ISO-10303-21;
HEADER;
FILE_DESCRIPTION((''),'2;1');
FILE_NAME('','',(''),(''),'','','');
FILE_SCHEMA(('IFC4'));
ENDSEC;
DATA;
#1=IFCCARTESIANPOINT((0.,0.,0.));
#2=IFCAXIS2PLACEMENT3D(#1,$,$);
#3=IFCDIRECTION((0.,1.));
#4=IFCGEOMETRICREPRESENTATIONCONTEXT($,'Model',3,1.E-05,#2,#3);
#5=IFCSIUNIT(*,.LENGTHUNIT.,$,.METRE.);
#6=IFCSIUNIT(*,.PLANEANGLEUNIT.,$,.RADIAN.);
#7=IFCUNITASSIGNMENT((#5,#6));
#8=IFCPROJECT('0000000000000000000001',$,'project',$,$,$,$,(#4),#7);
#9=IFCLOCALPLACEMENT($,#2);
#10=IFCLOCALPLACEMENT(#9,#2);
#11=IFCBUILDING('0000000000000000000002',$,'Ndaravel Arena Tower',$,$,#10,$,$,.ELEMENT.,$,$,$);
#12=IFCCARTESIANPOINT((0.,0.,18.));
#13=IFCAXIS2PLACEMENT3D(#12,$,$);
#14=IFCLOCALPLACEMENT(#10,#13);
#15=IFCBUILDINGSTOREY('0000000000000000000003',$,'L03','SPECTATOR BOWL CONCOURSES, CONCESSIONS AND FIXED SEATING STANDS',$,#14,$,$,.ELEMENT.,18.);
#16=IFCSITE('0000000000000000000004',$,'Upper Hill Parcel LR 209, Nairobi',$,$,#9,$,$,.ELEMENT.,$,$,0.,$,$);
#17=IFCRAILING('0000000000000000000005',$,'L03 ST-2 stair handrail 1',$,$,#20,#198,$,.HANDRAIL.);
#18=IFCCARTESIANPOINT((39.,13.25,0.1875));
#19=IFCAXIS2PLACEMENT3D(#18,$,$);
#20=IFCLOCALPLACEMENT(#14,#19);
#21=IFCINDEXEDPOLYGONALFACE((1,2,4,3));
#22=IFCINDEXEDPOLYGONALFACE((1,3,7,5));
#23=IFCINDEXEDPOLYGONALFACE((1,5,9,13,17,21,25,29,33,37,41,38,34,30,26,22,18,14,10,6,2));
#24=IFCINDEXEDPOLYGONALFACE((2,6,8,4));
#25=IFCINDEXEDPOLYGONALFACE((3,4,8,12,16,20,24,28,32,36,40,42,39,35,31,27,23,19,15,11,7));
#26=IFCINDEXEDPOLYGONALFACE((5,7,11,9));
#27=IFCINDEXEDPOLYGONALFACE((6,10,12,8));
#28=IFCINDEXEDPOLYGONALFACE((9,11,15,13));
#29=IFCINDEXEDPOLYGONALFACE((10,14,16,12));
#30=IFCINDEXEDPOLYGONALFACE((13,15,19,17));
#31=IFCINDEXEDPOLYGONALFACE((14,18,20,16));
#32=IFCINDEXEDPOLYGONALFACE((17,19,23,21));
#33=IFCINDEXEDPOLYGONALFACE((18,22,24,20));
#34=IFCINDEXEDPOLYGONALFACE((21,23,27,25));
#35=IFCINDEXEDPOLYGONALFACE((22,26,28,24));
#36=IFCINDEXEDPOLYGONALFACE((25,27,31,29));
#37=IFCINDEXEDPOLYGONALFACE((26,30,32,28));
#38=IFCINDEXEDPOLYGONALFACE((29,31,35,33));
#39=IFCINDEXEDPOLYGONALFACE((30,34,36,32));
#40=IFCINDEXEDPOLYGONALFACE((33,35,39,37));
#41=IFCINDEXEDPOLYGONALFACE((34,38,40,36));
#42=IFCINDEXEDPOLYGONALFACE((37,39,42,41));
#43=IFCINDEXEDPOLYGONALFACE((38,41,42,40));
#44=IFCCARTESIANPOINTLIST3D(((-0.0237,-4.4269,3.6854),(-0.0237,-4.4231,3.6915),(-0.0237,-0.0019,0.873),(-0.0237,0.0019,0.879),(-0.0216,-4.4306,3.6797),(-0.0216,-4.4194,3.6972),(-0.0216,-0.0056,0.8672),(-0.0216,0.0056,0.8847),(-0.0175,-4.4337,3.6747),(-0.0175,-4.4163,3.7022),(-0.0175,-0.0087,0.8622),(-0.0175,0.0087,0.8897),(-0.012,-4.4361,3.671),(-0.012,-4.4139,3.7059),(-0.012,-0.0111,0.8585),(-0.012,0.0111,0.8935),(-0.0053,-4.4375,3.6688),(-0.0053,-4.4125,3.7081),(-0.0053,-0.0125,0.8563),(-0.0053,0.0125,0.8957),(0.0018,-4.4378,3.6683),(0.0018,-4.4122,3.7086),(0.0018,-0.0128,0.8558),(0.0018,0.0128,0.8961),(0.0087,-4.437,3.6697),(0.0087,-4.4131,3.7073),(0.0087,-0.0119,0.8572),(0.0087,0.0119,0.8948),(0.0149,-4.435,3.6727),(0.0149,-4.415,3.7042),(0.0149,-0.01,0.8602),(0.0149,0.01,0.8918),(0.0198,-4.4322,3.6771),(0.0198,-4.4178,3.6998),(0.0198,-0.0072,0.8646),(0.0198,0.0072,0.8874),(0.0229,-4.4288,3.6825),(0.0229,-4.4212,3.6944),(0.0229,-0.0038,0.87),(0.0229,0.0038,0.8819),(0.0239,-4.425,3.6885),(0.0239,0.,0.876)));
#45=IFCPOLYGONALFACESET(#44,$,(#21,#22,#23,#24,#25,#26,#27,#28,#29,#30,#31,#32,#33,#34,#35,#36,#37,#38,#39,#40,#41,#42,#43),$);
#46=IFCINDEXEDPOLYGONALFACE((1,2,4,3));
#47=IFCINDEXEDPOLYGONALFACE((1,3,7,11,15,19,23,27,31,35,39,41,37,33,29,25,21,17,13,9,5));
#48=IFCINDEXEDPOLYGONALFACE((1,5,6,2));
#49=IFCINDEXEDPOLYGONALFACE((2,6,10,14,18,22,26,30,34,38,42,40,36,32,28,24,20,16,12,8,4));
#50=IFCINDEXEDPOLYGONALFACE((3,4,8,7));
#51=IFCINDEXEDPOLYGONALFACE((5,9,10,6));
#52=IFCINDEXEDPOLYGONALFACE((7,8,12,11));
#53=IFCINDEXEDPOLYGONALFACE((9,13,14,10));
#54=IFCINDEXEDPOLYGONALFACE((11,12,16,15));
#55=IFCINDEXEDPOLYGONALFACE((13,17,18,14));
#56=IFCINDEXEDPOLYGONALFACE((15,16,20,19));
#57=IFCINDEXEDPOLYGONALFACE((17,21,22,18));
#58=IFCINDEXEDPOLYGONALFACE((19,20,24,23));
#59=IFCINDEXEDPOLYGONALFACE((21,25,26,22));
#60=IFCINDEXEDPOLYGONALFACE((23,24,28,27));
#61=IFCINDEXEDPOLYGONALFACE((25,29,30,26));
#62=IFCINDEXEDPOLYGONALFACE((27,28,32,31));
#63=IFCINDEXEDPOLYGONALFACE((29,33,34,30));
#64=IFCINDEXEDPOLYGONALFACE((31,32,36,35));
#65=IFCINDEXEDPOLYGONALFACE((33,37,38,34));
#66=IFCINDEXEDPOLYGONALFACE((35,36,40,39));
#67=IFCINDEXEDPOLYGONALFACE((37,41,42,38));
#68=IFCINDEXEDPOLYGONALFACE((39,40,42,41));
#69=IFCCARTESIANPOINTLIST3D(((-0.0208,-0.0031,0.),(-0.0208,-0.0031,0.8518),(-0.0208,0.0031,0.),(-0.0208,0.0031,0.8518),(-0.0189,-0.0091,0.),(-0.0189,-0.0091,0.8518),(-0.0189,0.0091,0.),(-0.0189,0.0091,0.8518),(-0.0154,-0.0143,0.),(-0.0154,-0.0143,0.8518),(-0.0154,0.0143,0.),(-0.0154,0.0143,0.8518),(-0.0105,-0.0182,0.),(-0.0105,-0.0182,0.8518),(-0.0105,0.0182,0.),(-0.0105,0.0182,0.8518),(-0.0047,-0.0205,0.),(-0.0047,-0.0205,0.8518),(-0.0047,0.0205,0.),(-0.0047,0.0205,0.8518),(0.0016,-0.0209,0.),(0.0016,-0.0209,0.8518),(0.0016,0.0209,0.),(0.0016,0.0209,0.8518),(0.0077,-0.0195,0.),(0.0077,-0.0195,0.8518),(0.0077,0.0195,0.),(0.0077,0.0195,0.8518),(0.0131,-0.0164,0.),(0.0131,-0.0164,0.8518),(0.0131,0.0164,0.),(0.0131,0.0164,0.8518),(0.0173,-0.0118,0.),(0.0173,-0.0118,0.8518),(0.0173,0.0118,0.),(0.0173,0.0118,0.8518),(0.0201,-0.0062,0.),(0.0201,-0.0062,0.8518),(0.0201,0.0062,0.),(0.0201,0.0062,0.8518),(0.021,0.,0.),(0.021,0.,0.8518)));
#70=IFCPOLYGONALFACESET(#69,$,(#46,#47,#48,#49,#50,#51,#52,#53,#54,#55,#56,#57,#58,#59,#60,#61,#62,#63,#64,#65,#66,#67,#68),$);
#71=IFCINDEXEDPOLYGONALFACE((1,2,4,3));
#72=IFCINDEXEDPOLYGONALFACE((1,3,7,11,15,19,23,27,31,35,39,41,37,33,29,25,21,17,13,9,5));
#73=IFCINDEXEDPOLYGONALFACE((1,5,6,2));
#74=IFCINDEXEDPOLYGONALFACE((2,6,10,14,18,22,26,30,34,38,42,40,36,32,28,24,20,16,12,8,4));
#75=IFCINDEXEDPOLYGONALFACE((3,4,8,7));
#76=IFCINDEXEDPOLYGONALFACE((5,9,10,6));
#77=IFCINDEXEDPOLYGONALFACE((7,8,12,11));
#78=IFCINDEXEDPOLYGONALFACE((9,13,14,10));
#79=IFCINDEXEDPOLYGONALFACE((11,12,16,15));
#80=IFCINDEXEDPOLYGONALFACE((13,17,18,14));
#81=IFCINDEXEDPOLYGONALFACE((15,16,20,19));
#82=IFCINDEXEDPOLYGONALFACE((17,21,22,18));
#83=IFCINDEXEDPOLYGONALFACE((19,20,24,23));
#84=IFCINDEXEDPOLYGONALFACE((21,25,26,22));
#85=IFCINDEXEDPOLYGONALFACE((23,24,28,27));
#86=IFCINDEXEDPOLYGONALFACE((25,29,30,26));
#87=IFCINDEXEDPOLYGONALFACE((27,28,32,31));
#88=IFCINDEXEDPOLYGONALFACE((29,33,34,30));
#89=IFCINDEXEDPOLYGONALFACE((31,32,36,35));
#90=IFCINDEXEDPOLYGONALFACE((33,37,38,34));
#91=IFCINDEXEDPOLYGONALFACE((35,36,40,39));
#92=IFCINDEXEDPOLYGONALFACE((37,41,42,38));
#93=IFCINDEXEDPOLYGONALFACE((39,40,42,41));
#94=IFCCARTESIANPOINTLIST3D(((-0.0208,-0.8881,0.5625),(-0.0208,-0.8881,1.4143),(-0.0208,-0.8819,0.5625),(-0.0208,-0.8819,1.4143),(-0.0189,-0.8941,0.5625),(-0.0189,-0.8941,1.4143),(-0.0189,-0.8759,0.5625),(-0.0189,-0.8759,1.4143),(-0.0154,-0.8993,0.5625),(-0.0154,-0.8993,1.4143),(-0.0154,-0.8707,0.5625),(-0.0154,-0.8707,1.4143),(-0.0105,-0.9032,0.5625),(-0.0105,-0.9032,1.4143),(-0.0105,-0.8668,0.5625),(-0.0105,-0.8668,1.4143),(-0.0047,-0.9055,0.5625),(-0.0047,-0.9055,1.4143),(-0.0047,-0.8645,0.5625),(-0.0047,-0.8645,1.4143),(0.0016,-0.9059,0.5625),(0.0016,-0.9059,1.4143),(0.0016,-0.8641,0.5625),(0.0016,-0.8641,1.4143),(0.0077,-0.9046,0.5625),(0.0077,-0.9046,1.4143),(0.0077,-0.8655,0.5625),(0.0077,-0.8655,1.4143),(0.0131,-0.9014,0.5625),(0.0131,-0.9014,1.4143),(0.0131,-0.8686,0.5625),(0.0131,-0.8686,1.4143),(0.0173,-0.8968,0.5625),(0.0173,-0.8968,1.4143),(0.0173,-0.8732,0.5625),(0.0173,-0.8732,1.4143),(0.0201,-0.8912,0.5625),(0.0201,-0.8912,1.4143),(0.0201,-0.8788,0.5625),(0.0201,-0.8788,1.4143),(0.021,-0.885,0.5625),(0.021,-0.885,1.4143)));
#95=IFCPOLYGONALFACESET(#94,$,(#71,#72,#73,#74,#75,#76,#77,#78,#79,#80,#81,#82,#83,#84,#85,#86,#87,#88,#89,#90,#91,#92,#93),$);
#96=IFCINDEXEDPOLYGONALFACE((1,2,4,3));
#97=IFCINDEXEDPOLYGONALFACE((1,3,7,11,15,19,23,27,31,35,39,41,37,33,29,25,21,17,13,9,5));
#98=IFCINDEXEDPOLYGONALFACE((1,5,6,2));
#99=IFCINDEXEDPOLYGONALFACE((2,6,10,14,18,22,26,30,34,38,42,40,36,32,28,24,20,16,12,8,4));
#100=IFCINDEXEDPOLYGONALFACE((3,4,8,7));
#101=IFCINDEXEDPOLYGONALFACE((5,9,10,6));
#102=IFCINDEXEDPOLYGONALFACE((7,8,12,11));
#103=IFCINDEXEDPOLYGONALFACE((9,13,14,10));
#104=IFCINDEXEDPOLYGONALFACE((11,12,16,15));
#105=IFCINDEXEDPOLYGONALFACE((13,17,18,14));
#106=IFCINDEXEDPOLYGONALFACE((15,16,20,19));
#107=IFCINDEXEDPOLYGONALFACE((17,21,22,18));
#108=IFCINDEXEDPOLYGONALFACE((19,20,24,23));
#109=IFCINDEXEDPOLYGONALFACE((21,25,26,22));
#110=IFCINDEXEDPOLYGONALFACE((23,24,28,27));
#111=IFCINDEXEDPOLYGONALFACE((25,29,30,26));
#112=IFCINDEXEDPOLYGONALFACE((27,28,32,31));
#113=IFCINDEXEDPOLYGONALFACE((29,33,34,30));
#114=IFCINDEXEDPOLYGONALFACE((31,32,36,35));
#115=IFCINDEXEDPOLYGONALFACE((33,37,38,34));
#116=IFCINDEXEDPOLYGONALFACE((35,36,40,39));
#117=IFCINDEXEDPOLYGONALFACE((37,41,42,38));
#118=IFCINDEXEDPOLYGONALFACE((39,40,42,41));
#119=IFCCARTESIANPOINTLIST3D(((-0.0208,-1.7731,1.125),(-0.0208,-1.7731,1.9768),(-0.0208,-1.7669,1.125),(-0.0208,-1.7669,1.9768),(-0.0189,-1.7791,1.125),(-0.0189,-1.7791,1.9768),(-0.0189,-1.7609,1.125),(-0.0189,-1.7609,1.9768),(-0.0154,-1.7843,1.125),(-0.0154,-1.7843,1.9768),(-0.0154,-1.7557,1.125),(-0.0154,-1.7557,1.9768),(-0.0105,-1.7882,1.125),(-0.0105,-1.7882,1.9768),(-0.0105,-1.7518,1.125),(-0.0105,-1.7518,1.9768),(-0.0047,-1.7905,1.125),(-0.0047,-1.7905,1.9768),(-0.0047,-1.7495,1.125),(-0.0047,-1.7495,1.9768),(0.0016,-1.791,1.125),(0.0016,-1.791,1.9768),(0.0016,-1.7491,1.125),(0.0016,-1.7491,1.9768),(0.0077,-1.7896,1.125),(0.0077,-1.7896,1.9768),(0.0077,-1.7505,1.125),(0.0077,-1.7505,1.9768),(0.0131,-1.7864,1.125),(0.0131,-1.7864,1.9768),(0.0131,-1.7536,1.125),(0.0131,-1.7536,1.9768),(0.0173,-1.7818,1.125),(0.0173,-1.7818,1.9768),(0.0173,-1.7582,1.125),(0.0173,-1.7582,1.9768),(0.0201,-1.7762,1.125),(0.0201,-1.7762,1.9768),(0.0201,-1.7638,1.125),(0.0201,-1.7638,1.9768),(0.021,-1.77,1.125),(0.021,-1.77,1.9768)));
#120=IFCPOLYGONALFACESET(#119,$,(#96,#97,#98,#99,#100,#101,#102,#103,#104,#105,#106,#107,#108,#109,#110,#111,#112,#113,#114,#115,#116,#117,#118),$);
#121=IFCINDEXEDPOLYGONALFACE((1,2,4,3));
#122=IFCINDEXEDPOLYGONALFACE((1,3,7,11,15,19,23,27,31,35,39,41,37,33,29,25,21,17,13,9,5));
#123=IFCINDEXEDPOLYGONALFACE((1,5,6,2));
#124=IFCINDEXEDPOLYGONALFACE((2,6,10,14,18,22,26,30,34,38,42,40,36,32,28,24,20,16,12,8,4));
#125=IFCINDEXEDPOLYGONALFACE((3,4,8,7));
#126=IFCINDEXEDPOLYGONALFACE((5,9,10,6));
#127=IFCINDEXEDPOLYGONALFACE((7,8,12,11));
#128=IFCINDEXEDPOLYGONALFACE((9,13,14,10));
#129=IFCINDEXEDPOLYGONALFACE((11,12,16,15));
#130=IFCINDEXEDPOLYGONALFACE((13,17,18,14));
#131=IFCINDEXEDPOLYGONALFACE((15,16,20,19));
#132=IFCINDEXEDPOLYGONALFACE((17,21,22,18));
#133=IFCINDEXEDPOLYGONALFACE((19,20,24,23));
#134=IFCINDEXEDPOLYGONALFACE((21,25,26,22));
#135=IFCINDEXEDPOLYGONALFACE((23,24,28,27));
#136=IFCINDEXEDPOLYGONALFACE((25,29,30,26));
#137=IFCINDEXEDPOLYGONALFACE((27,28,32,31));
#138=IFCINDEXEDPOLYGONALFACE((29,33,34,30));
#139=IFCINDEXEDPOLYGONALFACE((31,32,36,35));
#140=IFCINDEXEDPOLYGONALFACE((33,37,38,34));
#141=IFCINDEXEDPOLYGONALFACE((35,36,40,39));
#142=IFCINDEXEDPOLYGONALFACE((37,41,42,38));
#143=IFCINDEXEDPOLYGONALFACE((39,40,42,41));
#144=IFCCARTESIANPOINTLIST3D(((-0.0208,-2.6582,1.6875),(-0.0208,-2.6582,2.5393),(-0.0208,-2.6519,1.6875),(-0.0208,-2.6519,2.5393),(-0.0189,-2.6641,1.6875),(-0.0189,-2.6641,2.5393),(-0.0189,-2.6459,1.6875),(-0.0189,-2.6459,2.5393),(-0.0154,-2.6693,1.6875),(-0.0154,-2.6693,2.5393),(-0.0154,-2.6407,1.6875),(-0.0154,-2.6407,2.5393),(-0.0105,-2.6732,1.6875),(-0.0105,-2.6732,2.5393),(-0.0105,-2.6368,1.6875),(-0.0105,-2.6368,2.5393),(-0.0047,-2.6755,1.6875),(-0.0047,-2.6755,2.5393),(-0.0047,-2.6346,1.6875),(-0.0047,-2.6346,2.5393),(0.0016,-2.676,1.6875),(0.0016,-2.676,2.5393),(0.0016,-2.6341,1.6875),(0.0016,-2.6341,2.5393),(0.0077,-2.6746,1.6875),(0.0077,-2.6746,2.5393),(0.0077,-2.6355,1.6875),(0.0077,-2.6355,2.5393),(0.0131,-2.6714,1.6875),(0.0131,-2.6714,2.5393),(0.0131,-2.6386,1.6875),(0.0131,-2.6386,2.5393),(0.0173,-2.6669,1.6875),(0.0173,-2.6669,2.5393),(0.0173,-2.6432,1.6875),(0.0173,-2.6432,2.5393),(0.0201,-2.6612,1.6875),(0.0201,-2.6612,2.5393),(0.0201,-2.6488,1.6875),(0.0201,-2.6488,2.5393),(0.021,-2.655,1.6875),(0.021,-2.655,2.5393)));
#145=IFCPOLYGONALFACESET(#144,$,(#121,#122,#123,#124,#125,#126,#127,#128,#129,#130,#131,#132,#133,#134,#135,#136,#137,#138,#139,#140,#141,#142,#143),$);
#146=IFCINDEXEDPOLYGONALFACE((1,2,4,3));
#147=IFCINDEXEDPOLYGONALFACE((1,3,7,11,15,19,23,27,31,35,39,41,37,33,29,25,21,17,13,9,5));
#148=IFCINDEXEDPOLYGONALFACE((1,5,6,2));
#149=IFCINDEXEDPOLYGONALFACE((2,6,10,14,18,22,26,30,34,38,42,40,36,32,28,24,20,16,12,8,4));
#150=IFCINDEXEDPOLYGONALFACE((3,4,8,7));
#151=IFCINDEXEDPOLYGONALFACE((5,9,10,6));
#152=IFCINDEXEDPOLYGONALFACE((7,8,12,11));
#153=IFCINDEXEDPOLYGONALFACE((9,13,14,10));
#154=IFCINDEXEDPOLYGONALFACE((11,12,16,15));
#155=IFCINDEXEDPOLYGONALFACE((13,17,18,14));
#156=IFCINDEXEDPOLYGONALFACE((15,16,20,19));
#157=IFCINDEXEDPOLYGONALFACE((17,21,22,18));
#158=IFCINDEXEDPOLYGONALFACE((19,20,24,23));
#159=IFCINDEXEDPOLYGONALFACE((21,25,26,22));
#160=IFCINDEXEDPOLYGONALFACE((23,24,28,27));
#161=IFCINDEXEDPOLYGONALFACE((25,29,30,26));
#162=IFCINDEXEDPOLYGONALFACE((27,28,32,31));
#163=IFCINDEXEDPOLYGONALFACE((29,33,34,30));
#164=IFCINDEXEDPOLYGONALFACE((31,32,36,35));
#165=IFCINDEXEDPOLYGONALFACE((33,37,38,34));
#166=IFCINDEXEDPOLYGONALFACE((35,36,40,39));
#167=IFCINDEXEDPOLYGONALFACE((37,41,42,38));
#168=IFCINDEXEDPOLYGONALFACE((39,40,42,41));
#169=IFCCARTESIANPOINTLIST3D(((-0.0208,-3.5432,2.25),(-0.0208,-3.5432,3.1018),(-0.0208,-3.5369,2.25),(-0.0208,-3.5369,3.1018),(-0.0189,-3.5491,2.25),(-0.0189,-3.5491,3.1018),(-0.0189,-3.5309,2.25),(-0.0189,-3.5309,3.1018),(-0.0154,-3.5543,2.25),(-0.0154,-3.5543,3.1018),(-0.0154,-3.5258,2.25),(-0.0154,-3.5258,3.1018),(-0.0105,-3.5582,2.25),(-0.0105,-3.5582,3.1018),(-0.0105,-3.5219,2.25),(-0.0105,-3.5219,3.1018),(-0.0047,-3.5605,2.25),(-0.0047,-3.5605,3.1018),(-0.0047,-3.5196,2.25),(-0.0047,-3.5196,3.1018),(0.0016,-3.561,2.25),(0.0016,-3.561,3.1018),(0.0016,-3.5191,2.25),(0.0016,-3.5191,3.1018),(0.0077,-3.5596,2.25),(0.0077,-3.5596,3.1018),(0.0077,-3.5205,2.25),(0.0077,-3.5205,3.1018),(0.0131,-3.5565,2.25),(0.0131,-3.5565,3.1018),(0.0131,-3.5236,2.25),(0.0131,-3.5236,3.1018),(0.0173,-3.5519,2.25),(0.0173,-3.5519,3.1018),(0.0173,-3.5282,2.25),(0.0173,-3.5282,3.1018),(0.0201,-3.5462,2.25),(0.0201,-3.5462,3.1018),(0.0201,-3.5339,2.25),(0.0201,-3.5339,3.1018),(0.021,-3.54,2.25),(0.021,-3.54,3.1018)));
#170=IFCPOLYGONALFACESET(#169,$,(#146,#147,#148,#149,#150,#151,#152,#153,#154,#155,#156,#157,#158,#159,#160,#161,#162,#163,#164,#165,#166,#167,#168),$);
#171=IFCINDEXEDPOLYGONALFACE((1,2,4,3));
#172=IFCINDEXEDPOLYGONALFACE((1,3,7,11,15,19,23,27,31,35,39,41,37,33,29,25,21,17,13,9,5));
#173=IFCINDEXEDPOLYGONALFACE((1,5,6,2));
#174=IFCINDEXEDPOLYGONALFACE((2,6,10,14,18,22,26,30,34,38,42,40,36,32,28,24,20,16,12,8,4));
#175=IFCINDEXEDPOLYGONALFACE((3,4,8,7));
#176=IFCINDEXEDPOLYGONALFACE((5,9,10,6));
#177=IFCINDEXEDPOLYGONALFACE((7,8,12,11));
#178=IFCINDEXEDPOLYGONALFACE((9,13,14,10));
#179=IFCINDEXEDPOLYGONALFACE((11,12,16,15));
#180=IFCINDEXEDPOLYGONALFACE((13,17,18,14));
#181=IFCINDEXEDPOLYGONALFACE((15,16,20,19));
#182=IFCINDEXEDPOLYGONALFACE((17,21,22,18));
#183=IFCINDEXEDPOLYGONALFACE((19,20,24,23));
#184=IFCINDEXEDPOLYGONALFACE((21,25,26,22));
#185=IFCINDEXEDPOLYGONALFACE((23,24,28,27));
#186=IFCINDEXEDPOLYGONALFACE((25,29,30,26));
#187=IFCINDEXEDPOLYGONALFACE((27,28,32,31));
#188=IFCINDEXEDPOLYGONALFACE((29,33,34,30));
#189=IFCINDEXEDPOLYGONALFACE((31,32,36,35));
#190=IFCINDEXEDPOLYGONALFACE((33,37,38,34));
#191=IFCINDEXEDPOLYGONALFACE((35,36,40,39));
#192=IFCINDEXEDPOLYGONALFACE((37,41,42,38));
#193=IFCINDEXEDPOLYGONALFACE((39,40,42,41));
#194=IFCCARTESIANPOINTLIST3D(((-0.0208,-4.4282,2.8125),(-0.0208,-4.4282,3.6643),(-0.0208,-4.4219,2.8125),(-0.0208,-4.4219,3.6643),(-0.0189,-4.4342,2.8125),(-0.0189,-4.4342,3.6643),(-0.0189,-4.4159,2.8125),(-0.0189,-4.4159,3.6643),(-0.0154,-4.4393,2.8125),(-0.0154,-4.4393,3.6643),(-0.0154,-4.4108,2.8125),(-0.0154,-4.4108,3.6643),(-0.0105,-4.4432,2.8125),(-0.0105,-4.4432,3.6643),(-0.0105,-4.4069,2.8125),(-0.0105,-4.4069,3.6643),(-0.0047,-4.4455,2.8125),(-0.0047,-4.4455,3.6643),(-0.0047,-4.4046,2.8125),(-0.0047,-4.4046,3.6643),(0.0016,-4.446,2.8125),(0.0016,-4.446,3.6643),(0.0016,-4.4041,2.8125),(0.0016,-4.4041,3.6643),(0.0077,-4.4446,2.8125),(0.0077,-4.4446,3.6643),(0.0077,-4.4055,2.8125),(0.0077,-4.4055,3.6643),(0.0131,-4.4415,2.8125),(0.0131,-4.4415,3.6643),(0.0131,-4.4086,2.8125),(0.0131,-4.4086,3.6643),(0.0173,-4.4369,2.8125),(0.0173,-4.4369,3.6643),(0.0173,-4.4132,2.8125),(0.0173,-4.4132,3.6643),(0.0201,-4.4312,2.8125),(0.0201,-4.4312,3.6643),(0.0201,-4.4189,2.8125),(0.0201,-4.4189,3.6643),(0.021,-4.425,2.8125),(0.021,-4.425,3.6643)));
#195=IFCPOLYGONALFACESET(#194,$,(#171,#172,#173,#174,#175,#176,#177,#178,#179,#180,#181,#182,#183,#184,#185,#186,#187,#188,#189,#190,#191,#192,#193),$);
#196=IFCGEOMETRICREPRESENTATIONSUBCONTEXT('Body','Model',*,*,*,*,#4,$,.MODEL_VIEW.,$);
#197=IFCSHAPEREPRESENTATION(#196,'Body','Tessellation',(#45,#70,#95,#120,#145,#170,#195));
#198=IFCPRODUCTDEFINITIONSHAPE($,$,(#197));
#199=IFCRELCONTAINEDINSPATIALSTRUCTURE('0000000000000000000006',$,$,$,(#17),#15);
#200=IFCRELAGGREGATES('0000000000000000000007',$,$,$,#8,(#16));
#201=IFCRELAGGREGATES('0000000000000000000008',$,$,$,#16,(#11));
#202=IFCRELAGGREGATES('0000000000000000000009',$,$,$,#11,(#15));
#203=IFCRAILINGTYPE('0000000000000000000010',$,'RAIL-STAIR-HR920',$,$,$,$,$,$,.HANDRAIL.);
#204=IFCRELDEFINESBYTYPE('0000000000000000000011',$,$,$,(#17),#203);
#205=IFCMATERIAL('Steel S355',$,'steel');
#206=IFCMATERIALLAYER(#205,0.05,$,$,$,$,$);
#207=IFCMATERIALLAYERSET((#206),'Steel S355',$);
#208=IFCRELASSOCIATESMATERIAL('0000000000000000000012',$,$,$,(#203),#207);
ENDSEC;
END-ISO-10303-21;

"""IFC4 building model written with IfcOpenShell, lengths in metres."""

from ifc_helpers import new_model, si_unit, direction, frame, origin, origin_2d, place, context, subcontext, project, spatial, circle, extrude, material, layer, layer_set, type_object, element, save


model = new_model("IFC4")

# Units and contexts
model_context = context("Model", 3, precision=1e-05, world=origin(), true_north=direction((0.0, 1.0)))
body_context = subcontext(model_context, "Body", "Model", "MODEL_VIEW")
ifc_project = project(units=[si_unit("LENGTHUNIT", "METRE"), si_unit("PLANEANGLEUNIT", "RADIAN")], contexts=[model_context])

# Site, building, storey
site_placement = place(None, origin())
site = spatial("IfcSite", under=ifc_project, at=site_placement, Name="Upper Hill Parcel LR 209, Nairobi", CompositionType="ELEMENT", RefElevation=0.0)
building_placement = place(site_placement, origin())
building = spatial("IfcBuilding", under=site, at=building_placement, Name="Ndaravel Arena Tower", CompositionType="ELEMENT")
storey_placement = place(building_placement, frame((0.0, 0.0, 18.0)))
storey = spatial("IfcBuildingStorey", under=building, at=storey_placement, Name="L03", Description="SPECTATOR BOWL CONCOURSES, CONCESSIONS AND FIXED SEATING STANDS", CompositionType="ELEMENT", Elevation=18.0)

# Railing
ifc_material_1 = material(Name="Steel S355", Category="steel")
ifc_layer_1 = layer(ifc_material_1, 0.05)
ifc_layer_set_1 = layer_set([ifc_layer_1], Name="Steel S355")
railing_type_1 = type_object("IfcRailingType", Name="RAIL-STAIR-HR920", PredefinedType="HANDRAIL", material=ifc_layer_set_1)
railing_1_placement = place(storey_placement, frame((39.0, 13.25, 0.1875)))
element("IfcRailing", 1, at=railing_1_placement, inside=storey, type_object=railing_type_1, Name="L03 ST-2 stair handrail 1", PredefinedType="HANDRAIL", context=body_context, shape_type="SweptSolid", body=[
    extrude(circle(Radius=0.0239, at=origin_2d()), frame((0.0, 0.0, 0.876), z_axis=(0.0, -0.843959, 0.536408), x_axis=(1.0, 0.0, 0.0)), (0.0, 0.0, 1.0), 5.2432),
    extrude(circle(Radius=0.021, at=origin_2d()), origin(), (0.0, 0.0, 1.0), 0.8518),
    extrude(circle(Radius=0.021, at=origin_2d()), frame((0.0, -0.885, 0.5625)), (0.0, 0.0, 1.0), 0.8518),
    extrude(circle(Radius=0.021, at=origin_2d()), frame((0.0, -1.77, 1.125)), (0.0, 0.0, 1.0), 0.8518),
    extrude(circle(Radius=0.021, at=origin_2d()), frame((0.0, -2.655, 1.6875)), (0.0, 0.0, 1.0), 0.8518),
    extrude(circle(Radius=0.021, at=origin_2d()), frame((0.0, -3.54, 2.25)), (0.0, 0.0, 1.0), 0.8518),
    extrude(circle(Radius=0.021, at=origin_2d()), frame((0.0, -4.425, 2.8125)), (0.0, 0.0, 1.0), 0.8518),
])

save(model, "model.ifc")
